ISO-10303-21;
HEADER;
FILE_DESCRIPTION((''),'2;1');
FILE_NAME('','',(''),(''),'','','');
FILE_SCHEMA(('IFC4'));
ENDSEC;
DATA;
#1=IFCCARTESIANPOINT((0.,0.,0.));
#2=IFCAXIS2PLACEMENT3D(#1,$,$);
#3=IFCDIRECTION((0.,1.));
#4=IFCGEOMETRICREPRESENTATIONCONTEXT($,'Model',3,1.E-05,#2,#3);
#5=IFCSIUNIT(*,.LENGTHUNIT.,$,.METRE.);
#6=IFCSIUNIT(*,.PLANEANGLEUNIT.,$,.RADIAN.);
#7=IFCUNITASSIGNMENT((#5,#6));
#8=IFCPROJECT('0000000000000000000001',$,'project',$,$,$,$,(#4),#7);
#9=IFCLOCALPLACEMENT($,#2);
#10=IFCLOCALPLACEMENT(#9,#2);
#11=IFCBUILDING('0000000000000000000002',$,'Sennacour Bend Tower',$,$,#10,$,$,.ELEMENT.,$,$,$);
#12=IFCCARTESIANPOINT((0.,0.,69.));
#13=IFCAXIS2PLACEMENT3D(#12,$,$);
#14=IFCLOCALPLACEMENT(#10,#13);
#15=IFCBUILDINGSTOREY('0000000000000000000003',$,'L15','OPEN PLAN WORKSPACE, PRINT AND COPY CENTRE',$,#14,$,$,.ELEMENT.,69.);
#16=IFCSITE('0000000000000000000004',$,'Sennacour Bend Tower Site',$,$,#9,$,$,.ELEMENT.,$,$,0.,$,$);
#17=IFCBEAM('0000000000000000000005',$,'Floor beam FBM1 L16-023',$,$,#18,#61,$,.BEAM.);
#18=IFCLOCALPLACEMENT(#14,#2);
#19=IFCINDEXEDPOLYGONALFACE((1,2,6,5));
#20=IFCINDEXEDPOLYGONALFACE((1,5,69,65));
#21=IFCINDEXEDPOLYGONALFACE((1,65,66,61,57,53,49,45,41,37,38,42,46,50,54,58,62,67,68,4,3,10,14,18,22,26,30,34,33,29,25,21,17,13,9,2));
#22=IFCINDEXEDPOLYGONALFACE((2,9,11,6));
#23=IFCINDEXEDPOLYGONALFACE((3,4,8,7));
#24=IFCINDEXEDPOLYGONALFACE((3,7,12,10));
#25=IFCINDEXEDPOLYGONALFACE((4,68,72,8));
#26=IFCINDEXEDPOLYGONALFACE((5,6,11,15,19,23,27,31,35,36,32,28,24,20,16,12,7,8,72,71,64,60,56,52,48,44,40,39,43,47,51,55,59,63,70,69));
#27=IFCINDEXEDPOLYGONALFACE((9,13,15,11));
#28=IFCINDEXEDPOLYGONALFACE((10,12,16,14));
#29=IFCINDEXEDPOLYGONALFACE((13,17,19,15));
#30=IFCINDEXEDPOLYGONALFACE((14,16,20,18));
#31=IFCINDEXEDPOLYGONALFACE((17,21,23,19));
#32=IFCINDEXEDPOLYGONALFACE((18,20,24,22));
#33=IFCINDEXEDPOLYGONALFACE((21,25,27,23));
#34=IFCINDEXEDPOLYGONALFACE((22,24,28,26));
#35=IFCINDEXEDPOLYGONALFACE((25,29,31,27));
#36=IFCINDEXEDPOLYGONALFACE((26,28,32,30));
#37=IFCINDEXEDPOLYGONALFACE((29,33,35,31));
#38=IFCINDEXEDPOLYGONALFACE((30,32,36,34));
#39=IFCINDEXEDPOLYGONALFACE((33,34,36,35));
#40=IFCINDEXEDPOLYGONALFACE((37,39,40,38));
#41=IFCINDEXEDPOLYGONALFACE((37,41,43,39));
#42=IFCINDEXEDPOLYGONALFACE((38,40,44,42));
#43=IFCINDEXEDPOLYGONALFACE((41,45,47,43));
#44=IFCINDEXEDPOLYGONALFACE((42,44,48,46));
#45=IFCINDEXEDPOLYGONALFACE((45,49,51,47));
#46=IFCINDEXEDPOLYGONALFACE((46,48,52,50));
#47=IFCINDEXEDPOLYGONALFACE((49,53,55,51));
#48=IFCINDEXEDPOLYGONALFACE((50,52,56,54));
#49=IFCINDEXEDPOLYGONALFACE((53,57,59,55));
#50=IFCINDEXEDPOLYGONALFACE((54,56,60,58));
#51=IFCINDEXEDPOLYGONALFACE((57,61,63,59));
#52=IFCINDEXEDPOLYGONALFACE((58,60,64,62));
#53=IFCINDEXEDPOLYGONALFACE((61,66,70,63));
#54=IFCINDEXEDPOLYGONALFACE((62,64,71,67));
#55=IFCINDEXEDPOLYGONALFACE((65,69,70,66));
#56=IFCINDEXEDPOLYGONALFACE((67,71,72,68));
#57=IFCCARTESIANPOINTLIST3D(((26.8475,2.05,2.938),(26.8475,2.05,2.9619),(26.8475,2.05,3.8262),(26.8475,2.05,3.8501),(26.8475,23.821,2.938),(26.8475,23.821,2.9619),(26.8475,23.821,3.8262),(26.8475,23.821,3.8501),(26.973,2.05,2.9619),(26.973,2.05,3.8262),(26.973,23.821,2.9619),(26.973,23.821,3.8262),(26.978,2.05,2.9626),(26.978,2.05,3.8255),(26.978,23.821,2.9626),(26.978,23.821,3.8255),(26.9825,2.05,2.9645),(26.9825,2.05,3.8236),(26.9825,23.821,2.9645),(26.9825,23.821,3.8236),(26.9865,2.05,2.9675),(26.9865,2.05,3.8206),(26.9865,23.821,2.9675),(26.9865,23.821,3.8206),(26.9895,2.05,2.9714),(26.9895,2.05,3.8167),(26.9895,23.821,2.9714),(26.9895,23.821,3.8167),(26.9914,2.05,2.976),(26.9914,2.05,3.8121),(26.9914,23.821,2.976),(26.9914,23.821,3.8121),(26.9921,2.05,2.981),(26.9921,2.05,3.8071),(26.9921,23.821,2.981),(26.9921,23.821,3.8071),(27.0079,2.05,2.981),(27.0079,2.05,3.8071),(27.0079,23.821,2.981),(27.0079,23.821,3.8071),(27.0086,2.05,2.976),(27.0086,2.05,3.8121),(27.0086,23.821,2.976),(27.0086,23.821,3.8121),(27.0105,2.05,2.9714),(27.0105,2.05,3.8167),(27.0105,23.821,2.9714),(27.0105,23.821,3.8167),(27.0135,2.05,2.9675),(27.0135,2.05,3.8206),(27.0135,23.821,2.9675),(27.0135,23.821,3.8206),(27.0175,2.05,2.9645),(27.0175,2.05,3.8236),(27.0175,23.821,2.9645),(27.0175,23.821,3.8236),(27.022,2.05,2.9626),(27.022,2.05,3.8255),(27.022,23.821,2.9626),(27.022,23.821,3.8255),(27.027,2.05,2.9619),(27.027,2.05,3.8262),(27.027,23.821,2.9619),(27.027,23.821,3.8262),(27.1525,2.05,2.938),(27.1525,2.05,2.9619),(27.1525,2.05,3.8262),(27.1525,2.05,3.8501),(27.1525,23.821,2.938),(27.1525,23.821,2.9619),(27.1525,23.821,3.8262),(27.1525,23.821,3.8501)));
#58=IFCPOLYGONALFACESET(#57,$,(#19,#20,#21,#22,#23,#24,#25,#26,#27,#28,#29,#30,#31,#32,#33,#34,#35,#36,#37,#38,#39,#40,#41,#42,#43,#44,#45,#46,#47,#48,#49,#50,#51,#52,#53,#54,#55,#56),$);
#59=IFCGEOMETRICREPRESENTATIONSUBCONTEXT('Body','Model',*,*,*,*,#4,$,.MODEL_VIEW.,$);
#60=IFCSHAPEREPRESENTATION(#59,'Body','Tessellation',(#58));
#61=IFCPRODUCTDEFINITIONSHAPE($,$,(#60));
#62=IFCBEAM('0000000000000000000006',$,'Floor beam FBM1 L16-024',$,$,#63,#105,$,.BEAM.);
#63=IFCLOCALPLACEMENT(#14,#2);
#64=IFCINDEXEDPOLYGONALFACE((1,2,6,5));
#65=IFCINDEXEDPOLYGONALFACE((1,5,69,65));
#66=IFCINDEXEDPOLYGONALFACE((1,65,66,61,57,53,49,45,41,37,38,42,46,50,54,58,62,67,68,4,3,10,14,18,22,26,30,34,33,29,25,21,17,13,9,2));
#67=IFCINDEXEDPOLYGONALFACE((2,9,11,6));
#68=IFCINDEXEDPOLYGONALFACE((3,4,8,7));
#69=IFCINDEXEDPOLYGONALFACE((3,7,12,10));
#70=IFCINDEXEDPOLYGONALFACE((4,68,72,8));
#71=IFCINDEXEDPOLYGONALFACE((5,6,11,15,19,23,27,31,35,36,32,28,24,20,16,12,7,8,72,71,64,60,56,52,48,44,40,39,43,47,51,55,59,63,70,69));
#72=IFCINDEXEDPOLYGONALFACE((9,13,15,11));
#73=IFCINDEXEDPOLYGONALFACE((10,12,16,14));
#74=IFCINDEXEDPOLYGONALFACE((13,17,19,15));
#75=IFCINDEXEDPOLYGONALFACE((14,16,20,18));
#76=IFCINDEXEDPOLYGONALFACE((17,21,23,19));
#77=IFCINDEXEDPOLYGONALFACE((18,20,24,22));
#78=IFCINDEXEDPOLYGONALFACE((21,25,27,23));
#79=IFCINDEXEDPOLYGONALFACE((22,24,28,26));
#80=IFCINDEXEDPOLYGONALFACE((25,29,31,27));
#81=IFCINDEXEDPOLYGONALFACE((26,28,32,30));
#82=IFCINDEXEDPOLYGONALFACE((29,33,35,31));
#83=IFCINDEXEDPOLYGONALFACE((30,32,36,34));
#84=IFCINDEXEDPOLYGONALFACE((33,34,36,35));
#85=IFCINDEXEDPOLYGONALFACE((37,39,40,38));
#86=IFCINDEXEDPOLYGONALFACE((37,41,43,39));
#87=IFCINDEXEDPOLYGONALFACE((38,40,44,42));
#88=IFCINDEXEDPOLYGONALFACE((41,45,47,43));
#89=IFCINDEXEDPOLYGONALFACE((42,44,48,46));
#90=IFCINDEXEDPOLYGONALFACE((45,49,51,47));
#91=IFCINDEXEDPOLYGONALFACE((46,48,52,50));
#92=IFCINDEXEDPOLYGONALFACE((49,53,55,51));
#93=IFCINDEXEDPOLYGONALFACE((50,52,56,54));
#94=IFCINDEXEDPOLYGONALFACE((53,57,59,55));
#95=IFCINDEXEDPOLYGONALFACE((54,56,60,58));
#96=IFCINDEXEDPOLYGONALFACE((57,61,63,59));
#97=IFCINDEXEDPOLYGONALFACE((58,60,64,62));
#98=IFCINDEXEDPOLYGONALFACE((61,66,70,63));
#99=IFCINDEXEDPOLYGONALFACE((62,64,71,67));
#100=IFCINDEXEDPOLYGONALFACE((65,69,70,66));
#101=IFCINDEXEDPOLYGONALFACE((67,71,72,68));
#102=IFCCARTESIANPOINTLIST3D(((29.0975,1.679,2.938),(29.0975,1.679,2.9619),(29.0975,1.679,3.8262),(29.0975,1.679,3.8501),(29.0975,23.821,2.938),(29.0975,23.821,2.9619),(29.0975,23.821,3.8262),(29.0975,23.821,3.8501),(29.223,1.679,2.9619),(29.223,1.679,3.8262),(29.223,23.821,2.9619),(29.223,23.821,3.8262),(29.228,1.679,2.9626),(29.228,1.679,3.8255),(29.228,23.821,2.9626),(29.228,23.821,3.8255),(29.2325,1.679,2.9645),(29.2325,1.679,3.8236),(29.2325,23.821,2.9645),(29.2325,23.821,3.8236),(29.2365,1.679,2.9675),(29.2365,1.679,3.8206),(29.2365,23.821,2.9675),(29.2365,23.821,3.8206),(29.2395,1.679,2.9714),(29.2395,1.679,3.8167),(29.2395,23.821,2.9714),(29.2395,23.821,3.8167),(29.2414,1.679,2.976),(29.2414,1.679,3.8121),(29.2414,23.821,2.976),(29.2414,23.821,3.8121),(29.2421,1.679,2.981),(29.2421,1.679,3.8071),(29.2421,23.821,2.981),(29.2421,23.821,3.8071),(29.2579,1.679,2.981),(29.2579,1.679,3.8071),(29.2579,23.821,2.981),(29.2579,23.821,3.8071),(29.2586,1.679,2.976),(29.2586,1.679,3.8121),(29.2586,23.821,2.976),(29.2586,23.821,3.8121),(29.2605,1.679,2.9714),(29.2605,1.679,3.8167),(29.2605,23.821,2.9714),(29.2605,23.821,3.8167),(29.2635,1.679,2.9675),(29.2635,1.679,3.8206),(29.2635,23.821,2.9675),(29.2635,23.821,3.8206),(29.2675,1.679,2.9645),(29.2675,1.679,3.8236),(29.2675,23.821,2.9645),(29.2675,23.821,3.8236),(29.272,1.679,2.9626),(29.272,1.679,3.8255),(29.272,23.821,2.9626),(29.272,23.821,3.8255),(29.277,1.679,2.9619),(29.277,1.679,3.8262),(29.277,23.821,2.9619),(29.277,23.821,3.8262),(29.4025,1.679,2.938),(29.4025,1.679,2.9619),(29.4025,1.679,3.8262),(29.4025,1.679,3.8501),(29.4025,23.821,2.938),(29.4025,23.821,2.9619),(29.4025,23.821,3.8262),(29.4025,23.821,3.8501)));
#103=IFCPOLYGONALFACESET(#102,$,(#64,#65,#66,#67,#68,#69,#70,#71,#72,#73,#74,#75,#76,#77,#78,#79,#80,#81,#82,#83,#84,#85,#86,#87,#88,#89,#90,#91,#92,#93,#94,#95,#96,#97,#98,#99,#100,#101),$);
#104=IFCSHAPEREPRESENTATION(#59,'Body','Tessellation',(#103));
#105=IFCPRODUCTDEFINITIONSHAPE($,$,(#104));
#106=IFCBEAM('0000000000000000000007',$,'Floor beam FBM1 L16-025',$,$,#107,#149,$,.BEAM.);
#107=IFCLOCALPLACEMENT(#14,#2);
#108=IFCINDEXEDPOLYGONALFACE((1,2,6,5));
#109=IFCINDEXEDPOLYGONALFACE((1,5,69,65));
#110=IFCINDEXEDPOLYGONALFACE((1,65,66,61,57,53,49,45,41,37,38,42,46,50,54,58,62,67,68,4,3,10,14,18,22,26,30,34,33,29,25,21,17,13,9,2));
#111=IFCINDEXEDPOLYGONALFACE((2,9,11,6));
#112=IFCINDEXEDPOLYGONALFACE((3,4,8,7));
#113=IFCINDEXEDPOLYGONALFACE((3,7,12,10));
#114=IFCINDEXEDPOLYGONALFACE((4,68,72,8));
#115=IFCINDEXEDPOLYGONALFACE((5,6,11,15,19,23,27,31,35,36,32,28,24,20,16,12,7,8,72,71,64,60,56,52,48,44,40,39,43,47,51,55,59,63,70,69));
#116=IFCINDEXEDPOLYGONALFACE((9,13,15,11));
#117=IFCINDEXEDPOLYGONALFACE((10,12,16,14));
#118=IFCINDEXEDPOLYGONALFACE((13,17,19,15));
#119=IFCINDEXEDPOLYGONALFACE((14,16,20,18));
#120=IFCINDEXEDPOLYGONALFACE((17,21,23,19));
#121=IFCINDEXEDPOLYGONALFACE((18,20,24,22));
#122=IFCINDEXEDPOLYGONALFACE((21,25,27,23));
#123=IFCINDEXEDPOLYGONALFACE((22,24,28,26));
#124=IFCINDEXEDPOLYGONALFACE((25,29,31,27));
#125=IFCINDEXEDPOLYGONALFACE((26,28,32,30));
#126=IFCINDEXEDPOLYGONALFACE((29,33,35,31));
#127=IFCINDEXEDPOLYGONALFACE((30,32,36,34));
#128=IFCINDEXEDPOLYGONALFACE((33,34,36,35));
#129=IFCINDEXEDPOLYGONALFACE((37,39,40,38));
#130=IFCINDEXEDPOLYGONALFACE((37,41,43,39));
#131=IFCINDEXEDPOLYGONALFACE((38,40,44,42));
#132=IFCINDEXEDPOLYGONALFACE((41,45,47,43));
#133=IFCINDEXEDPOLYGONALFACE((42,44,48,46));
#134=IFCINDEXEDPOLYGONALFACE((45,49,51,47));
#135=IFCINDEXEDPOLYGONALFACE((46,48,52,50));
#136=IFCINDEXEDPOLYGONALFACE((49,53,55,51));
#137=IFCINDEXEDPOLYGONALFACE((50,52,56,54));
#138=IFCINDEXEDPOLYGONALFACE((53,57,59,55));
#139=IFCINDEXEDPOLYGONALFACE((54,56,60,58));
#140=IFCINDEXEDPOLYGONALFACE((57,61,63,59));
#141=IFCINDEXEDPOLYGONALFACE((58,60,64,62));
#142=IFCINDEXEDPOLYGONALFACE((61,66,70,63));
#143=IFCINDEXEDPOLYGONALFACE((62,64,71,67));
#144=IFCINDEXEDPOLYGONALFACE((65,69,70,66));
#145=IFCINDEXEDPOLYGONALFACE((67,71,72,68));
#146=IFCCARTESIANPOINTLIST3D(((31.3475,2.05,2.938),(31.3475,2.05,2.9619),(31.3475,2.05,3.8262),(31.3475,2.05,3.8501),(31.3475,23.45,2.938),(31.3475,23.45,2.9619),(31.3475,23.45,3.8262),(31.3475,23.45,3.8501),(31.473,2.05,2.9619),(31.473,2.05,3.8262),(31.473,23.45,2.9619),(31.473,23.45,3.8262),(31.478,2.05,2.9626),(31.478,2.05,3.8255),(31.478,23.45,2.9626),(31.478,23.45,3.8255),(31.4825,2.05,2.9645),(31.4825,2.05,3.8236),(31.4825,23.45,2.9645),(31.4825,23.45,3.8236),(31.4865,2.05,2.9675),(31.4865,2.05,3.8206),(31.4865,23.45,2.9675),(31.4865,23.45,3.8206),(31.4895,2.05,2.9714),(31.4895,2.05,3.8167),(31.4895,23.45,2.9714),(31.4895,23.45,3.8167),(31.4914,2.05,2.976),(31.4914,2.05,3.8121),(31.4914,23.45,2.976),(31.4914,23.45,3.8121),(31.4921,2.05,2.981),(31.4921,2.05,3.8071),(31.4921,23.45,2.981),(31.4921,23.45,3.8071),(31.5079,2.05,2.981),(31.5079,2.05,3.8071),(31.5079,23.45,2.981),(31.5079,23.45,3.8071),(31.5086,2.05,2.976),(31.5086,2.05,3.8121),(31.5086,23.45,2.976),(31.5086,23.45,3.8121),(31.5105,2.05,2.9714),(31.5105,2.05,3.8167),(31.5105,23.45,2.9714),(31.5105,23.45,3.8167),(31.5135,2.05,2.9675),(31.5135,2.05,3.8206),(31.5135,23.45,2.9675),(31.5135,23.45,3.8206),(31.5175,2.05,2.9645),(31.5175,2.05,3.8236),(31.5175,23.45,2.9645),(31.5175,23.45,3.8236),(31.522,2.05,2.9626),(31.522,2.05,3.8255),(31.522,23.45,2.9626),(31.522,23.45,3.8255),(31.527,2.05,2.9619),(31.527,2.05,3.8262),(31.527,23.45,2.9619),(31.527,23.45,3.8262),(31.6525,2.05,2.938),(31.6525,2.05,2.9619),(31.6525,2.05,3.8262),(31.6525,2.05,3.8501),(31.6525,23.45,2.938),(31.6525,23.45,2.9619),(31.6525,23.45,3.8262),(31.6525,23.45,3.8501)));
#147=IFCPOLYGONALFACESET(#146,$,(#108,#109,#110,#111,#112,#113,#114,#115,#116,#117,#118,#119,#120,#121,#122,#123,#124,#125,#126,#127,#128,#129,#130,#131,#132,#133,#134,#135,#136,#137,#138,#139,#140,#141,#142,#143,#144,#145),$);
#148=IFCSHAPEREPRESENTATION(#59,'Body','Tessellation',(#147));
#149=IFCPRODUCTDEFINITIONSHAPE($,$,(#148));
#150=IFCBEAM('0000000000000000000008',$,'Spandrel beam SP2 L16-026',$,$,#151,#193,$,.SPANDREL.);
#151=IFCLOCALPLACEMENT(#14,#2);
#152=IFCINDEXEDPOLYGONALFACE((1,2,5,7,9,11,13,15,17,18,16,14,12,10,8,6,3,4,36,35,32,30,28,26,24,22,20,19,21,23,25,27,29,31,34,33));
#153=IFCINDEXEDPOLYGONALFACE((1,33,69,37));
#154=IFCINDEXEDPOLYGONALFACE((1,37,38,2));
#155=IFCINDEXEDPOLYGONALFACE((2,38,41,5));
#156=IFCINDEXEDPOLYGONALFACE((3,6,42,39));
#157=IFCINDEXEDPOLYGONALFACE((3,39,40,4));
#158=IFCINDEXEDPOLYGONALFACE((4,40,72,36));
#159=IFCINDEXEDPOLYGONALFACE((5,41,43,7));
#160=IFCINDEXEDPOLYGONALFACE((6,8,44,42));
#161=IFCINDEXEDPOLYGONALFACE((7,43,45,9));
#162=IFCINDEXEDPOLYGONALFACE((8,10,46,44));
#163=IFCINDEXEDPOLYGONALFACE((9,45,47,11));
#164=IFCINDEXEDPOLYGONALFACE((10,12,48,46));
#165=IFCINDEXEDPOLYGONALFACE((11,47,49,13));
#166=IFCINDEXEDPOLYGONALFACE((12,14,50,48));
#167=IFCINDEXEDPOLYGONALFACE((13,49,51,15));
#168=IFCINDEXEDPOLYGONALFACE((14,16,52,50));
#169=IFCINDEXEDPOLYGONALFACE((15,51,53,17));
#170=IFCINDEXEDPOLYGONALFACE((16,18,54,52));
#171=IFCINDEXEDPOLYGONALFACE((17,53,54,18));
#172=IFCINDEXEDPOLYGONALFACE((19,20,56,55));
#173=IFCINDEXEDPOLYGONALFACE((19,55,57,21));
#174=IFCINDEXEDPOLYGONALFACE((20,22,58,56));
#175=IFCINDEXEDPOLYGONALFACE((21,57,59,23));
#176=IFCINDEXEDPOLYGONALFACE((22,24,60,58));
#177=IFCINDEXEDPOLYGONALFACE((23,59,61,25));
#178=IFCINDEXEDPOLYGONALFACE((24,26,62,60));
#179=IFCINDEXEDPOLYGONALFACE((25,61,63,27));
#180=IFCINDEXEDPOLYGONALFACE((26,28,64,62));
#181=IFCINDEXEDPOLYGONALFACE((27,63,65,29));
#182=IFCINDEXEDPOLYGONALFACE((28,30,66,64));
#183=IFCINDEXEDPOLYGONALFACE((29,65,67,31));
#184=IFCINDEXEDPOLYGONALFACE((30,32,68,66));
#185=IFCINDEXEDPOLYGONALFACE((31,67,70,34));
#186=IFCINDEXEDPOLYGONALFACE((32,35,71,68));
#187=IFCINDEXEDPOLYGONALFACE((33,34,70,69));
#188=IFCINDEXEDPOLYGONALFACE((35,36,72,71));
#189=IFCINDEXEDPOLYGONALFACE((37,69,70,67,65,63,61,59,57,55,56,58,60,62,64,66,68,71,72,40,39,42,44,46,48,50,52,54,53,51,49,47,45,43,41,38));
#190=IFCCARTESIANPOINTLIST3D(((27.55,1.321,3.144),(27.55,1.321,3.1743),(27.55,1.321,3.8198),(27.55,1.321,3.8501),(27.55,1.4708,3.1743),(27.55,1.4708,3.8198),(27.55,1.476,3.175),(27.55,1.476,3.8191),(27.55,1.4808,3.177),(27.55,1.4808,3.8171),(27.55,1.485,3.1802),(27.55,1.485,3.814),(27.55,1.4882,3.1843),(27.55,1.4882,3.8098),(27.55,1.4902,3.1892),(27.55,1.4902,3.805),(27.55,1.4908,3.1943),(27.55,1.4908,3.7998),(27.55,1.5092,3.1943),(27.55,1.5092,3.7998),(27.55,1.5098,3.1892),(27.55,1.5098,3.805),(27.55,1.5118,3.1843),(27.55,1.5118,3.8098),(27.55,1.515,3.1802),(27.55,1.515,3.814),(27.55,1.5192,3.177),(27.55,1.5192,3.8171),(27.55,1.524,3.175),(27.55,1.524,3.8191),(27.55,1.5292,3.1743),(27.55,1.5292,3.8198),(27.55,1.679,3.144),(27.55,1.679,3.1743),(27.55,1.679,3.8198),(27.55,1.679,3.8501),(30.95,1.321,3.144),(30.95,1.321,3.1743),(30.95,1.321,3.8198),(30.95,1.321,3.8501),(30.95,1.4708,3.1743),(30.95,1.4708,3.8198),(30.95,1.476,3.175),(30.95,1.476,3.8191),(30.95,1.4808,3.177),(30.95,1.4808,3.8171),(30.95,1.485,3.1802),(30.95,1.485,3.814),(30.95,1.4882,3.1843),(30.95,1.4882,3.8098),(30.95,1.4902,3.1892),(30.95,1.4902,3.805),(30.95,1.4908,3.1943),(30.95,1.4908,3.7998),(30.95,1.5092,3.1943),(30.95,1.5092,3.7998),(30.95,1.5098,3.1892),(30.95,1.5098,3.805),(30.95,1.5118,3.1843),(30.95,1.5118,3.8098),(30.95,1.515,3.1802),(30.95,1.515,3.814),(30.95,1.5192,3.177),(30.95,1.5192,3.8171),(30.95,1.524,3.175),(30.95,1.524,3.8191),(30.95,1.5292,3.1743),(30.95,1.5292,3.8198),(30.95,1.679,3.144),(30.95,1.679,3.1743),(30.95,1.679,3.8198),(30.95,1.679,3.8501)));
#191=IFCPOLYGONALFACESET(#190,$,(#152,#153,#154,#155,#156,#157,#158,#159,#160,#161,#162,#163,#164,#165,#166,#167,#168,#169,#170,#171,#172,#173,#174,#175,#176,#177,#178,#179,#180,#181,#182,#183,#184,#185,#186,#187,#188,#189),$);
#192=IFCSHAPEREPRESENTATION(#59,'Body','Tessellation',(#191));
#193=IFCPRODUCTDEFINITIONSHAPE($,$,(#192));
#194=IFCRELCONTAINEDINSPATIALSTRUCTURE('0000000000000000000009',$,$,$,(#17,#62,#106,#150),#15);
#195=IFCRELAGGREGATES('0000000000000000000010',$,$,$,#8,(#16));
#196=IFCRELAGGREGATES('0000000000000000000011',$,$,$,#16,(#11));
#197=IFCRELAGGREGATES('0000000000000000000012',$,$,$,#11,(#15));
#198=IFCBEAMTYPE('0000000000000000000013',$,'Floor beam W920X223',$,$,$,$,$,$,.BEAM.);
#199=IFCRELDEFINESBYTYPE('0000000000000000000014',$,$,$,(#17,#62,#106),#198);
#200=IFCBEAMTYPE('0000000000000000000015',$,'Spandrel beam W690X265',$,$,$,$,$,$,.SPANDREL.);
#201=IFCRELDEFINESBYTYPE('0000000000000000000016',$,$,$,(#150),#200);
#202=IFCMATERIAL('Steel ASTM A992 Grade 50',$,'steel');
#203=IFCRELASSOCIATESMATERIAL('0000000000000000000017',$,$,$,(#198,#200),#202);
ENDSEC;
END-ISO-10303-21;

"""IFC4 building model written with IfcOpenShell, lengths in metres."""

from ifc_helpers import new_model, si_unit, direction, frame, origin, origin_2d, place, context, subcontext, project, spatial, i_section, extrude, material, material_profile, profile_set, type_object, element, save


model = new_model("IFC4")

# Units and contexts
model_context = context("Model", 3, precision=1e-05, world=origin(), true_north=direction((0.0, 1.0)))
body_context = subcontext(model_context, "Body", "Model", "MODEL_VIEW")
ifc_project = project(units=[si_unit("LENGTHUNIT", "METRE"), si_unit("PLANEANGLEUNIT", "RADIAN")], contexts=[model_context])

# Site, building, storey
site_placement = place(None, origin())
site = spatial("IfcSite", under=ifc_project, at=site_placement, Name="Sennacour Bend Tower Site", CompositionType="ELEMENT", RefElevation=0.0)
building_placement = place(site_placement, origin())
building = spatial("IfcBuilding", under=site, at=building_placement, Name="Sennacour Bend Tower", CompositionType="ELEMENT")
storey_placement = place(building_placement, frame((0.0, 0.0, 69.0)))
storey = spatial("IfcBuildingStorey", under=building, at=storey_placement, Name="L15", Description="OPEN PLAN WORKSPACE, PRINT AND COPY CENTRE", CompositionType="ELEMENT", Elevation=69.0)

# Beams
ifc_material_1 = material(Name="Steel ASTM A992 Grade 50", Category="steel")
ifc_material_profile_1 = material_profile(ifc_material_1, i_section(OverallWidth=0.3049, OverallDepth=0.9121, WebThickness=0.0159, FlangeThickness=0.0239, FilletRadius=0.019, at=origin_2d()), Name="Steel ASTM A992 Grade 50", Category="steel")
ifc_profile_set_1 = profile_set([ifc_material_profile_1], Name="Steel ASTM A992 Grade 50")
beam_type_1 = type_object("IfcBeamType", Name="Floor beam W920X223", PredefinedType="BEAM", material=ifc_profile_set_1)
beam_1_placement = place(storey_placement, frame((27.0, 2.05, 3.394), z_axis=(0.0, 1.0, 0.0), x_axis=(-1.0, 0.0, 0.0)))
element("IfcBeam", 1, at=beam_1_placement, inside=storey, type_object=beam_type_1, Name="Floor beam FBM1 L16-023", PredefinedType="BEAM", context=body_context, shape_type="SweptSolid", body=[
    extrude(i_section(OverallWidth=0.3049, OverallDepth=0.9121, WebThickness=0.0159, FlangeThickness=0.0239, FilletRadius=0.019, at=origin_2d()), origin(), (0.0, 0.0, 1.0), 21.771),
])
beam_2_placement = place(storey_placement, frame((29.25, 1.679, 3.394), z_axis=(0.0, 1.0, 0.0), x_axis=(-1.0, 0.0, 0.0)))
element("IfcBeam", 2, at=beam_2_placement, inside=storey, type_object=beam_type_1, Name="Floor beam FBM1 L16-024", PredefinedType="BEAM", context=body_context, shape_type="SweptSolid", body=[
    extrude(i_section(OverallWidth=0.3049, OverallDepth=0.9121, WebThickness=0.0159, FlangeThickness=0.0239, FilletRadius=0.019, at=origin_2d()), origin(), (0.0, 0.0, 1.0), 22.1421),
])
beam_3_placement = place(storey_placement, frame((31.5, 2.05, 3.394), z_axis=(0.0, 1.0, 0.0), x_axis=(-1.0, 0.0, 0.0)))
element("IfcBeam", 3, at=beam_3_placement, inside=storey, type_object=beam_type_1, Name="Floor beam FBM1 L16-025", PredefinedType="BEAM", context=body_context, shape_type="SweptSolid", body=[
    extrude(i_section(OverallWidth=0.3049, OverallDepth=0.9121, WebThickness=0.0159, FlangeThickness=0.0239, FilletRadius=0.019, at=origin_2d()), origin(), (0.0, 0.0, 1.0), 21.3999),
])
ifc_material_profile_2 = material_profile(ifc_material_1, i_section(OverallWidth=0.3579, OverallDepth=0.7061, WebThickness=0.0183, FlangeThickness=0.0303, FilletRadius=0.02, at=origin_2d()), Name="Steel ASTM A992 Grade 50", Category="steel")
ifc_profile_set_2 = profile_set([ifc_material_profile_2], Name="Steel ASTM A992 Grade 50")
beam_type_2 = type_object("IfcBeamType", Name="Spandrel beam W690X265", PredefinedType="SPANDREL", material=ifc_profile_set_2)
for number, where, z_axis, x_axis, name in (
    (4, (30.95, 1.5, 3.4971), (-1.0, 0.0, 0.0), (0.0, -1.0, 0.0), "Spandrel beam SP2 L16-026"),
):
    element("IfcBeam", number, at=place(storey_placement, frame(where, z_axis=z_axis, x_axis=x_axis)), inside=storey, type_object=beam_type_2, Name=name, PredefinedType="SPANDREL", context=body_context, shape_type="SweptSolid", body=[
        extrude(i_section(OverallWidth=0.3579, OverallDepth=0.7061, WebThickness=0.0183, FlangeThickness=0.0303, FilletRadius=0.02, at=origin_2d()), origin(), (0.0, 0.0, 1.0), 3.3999),
    ])

save(model, "model.ifc")
